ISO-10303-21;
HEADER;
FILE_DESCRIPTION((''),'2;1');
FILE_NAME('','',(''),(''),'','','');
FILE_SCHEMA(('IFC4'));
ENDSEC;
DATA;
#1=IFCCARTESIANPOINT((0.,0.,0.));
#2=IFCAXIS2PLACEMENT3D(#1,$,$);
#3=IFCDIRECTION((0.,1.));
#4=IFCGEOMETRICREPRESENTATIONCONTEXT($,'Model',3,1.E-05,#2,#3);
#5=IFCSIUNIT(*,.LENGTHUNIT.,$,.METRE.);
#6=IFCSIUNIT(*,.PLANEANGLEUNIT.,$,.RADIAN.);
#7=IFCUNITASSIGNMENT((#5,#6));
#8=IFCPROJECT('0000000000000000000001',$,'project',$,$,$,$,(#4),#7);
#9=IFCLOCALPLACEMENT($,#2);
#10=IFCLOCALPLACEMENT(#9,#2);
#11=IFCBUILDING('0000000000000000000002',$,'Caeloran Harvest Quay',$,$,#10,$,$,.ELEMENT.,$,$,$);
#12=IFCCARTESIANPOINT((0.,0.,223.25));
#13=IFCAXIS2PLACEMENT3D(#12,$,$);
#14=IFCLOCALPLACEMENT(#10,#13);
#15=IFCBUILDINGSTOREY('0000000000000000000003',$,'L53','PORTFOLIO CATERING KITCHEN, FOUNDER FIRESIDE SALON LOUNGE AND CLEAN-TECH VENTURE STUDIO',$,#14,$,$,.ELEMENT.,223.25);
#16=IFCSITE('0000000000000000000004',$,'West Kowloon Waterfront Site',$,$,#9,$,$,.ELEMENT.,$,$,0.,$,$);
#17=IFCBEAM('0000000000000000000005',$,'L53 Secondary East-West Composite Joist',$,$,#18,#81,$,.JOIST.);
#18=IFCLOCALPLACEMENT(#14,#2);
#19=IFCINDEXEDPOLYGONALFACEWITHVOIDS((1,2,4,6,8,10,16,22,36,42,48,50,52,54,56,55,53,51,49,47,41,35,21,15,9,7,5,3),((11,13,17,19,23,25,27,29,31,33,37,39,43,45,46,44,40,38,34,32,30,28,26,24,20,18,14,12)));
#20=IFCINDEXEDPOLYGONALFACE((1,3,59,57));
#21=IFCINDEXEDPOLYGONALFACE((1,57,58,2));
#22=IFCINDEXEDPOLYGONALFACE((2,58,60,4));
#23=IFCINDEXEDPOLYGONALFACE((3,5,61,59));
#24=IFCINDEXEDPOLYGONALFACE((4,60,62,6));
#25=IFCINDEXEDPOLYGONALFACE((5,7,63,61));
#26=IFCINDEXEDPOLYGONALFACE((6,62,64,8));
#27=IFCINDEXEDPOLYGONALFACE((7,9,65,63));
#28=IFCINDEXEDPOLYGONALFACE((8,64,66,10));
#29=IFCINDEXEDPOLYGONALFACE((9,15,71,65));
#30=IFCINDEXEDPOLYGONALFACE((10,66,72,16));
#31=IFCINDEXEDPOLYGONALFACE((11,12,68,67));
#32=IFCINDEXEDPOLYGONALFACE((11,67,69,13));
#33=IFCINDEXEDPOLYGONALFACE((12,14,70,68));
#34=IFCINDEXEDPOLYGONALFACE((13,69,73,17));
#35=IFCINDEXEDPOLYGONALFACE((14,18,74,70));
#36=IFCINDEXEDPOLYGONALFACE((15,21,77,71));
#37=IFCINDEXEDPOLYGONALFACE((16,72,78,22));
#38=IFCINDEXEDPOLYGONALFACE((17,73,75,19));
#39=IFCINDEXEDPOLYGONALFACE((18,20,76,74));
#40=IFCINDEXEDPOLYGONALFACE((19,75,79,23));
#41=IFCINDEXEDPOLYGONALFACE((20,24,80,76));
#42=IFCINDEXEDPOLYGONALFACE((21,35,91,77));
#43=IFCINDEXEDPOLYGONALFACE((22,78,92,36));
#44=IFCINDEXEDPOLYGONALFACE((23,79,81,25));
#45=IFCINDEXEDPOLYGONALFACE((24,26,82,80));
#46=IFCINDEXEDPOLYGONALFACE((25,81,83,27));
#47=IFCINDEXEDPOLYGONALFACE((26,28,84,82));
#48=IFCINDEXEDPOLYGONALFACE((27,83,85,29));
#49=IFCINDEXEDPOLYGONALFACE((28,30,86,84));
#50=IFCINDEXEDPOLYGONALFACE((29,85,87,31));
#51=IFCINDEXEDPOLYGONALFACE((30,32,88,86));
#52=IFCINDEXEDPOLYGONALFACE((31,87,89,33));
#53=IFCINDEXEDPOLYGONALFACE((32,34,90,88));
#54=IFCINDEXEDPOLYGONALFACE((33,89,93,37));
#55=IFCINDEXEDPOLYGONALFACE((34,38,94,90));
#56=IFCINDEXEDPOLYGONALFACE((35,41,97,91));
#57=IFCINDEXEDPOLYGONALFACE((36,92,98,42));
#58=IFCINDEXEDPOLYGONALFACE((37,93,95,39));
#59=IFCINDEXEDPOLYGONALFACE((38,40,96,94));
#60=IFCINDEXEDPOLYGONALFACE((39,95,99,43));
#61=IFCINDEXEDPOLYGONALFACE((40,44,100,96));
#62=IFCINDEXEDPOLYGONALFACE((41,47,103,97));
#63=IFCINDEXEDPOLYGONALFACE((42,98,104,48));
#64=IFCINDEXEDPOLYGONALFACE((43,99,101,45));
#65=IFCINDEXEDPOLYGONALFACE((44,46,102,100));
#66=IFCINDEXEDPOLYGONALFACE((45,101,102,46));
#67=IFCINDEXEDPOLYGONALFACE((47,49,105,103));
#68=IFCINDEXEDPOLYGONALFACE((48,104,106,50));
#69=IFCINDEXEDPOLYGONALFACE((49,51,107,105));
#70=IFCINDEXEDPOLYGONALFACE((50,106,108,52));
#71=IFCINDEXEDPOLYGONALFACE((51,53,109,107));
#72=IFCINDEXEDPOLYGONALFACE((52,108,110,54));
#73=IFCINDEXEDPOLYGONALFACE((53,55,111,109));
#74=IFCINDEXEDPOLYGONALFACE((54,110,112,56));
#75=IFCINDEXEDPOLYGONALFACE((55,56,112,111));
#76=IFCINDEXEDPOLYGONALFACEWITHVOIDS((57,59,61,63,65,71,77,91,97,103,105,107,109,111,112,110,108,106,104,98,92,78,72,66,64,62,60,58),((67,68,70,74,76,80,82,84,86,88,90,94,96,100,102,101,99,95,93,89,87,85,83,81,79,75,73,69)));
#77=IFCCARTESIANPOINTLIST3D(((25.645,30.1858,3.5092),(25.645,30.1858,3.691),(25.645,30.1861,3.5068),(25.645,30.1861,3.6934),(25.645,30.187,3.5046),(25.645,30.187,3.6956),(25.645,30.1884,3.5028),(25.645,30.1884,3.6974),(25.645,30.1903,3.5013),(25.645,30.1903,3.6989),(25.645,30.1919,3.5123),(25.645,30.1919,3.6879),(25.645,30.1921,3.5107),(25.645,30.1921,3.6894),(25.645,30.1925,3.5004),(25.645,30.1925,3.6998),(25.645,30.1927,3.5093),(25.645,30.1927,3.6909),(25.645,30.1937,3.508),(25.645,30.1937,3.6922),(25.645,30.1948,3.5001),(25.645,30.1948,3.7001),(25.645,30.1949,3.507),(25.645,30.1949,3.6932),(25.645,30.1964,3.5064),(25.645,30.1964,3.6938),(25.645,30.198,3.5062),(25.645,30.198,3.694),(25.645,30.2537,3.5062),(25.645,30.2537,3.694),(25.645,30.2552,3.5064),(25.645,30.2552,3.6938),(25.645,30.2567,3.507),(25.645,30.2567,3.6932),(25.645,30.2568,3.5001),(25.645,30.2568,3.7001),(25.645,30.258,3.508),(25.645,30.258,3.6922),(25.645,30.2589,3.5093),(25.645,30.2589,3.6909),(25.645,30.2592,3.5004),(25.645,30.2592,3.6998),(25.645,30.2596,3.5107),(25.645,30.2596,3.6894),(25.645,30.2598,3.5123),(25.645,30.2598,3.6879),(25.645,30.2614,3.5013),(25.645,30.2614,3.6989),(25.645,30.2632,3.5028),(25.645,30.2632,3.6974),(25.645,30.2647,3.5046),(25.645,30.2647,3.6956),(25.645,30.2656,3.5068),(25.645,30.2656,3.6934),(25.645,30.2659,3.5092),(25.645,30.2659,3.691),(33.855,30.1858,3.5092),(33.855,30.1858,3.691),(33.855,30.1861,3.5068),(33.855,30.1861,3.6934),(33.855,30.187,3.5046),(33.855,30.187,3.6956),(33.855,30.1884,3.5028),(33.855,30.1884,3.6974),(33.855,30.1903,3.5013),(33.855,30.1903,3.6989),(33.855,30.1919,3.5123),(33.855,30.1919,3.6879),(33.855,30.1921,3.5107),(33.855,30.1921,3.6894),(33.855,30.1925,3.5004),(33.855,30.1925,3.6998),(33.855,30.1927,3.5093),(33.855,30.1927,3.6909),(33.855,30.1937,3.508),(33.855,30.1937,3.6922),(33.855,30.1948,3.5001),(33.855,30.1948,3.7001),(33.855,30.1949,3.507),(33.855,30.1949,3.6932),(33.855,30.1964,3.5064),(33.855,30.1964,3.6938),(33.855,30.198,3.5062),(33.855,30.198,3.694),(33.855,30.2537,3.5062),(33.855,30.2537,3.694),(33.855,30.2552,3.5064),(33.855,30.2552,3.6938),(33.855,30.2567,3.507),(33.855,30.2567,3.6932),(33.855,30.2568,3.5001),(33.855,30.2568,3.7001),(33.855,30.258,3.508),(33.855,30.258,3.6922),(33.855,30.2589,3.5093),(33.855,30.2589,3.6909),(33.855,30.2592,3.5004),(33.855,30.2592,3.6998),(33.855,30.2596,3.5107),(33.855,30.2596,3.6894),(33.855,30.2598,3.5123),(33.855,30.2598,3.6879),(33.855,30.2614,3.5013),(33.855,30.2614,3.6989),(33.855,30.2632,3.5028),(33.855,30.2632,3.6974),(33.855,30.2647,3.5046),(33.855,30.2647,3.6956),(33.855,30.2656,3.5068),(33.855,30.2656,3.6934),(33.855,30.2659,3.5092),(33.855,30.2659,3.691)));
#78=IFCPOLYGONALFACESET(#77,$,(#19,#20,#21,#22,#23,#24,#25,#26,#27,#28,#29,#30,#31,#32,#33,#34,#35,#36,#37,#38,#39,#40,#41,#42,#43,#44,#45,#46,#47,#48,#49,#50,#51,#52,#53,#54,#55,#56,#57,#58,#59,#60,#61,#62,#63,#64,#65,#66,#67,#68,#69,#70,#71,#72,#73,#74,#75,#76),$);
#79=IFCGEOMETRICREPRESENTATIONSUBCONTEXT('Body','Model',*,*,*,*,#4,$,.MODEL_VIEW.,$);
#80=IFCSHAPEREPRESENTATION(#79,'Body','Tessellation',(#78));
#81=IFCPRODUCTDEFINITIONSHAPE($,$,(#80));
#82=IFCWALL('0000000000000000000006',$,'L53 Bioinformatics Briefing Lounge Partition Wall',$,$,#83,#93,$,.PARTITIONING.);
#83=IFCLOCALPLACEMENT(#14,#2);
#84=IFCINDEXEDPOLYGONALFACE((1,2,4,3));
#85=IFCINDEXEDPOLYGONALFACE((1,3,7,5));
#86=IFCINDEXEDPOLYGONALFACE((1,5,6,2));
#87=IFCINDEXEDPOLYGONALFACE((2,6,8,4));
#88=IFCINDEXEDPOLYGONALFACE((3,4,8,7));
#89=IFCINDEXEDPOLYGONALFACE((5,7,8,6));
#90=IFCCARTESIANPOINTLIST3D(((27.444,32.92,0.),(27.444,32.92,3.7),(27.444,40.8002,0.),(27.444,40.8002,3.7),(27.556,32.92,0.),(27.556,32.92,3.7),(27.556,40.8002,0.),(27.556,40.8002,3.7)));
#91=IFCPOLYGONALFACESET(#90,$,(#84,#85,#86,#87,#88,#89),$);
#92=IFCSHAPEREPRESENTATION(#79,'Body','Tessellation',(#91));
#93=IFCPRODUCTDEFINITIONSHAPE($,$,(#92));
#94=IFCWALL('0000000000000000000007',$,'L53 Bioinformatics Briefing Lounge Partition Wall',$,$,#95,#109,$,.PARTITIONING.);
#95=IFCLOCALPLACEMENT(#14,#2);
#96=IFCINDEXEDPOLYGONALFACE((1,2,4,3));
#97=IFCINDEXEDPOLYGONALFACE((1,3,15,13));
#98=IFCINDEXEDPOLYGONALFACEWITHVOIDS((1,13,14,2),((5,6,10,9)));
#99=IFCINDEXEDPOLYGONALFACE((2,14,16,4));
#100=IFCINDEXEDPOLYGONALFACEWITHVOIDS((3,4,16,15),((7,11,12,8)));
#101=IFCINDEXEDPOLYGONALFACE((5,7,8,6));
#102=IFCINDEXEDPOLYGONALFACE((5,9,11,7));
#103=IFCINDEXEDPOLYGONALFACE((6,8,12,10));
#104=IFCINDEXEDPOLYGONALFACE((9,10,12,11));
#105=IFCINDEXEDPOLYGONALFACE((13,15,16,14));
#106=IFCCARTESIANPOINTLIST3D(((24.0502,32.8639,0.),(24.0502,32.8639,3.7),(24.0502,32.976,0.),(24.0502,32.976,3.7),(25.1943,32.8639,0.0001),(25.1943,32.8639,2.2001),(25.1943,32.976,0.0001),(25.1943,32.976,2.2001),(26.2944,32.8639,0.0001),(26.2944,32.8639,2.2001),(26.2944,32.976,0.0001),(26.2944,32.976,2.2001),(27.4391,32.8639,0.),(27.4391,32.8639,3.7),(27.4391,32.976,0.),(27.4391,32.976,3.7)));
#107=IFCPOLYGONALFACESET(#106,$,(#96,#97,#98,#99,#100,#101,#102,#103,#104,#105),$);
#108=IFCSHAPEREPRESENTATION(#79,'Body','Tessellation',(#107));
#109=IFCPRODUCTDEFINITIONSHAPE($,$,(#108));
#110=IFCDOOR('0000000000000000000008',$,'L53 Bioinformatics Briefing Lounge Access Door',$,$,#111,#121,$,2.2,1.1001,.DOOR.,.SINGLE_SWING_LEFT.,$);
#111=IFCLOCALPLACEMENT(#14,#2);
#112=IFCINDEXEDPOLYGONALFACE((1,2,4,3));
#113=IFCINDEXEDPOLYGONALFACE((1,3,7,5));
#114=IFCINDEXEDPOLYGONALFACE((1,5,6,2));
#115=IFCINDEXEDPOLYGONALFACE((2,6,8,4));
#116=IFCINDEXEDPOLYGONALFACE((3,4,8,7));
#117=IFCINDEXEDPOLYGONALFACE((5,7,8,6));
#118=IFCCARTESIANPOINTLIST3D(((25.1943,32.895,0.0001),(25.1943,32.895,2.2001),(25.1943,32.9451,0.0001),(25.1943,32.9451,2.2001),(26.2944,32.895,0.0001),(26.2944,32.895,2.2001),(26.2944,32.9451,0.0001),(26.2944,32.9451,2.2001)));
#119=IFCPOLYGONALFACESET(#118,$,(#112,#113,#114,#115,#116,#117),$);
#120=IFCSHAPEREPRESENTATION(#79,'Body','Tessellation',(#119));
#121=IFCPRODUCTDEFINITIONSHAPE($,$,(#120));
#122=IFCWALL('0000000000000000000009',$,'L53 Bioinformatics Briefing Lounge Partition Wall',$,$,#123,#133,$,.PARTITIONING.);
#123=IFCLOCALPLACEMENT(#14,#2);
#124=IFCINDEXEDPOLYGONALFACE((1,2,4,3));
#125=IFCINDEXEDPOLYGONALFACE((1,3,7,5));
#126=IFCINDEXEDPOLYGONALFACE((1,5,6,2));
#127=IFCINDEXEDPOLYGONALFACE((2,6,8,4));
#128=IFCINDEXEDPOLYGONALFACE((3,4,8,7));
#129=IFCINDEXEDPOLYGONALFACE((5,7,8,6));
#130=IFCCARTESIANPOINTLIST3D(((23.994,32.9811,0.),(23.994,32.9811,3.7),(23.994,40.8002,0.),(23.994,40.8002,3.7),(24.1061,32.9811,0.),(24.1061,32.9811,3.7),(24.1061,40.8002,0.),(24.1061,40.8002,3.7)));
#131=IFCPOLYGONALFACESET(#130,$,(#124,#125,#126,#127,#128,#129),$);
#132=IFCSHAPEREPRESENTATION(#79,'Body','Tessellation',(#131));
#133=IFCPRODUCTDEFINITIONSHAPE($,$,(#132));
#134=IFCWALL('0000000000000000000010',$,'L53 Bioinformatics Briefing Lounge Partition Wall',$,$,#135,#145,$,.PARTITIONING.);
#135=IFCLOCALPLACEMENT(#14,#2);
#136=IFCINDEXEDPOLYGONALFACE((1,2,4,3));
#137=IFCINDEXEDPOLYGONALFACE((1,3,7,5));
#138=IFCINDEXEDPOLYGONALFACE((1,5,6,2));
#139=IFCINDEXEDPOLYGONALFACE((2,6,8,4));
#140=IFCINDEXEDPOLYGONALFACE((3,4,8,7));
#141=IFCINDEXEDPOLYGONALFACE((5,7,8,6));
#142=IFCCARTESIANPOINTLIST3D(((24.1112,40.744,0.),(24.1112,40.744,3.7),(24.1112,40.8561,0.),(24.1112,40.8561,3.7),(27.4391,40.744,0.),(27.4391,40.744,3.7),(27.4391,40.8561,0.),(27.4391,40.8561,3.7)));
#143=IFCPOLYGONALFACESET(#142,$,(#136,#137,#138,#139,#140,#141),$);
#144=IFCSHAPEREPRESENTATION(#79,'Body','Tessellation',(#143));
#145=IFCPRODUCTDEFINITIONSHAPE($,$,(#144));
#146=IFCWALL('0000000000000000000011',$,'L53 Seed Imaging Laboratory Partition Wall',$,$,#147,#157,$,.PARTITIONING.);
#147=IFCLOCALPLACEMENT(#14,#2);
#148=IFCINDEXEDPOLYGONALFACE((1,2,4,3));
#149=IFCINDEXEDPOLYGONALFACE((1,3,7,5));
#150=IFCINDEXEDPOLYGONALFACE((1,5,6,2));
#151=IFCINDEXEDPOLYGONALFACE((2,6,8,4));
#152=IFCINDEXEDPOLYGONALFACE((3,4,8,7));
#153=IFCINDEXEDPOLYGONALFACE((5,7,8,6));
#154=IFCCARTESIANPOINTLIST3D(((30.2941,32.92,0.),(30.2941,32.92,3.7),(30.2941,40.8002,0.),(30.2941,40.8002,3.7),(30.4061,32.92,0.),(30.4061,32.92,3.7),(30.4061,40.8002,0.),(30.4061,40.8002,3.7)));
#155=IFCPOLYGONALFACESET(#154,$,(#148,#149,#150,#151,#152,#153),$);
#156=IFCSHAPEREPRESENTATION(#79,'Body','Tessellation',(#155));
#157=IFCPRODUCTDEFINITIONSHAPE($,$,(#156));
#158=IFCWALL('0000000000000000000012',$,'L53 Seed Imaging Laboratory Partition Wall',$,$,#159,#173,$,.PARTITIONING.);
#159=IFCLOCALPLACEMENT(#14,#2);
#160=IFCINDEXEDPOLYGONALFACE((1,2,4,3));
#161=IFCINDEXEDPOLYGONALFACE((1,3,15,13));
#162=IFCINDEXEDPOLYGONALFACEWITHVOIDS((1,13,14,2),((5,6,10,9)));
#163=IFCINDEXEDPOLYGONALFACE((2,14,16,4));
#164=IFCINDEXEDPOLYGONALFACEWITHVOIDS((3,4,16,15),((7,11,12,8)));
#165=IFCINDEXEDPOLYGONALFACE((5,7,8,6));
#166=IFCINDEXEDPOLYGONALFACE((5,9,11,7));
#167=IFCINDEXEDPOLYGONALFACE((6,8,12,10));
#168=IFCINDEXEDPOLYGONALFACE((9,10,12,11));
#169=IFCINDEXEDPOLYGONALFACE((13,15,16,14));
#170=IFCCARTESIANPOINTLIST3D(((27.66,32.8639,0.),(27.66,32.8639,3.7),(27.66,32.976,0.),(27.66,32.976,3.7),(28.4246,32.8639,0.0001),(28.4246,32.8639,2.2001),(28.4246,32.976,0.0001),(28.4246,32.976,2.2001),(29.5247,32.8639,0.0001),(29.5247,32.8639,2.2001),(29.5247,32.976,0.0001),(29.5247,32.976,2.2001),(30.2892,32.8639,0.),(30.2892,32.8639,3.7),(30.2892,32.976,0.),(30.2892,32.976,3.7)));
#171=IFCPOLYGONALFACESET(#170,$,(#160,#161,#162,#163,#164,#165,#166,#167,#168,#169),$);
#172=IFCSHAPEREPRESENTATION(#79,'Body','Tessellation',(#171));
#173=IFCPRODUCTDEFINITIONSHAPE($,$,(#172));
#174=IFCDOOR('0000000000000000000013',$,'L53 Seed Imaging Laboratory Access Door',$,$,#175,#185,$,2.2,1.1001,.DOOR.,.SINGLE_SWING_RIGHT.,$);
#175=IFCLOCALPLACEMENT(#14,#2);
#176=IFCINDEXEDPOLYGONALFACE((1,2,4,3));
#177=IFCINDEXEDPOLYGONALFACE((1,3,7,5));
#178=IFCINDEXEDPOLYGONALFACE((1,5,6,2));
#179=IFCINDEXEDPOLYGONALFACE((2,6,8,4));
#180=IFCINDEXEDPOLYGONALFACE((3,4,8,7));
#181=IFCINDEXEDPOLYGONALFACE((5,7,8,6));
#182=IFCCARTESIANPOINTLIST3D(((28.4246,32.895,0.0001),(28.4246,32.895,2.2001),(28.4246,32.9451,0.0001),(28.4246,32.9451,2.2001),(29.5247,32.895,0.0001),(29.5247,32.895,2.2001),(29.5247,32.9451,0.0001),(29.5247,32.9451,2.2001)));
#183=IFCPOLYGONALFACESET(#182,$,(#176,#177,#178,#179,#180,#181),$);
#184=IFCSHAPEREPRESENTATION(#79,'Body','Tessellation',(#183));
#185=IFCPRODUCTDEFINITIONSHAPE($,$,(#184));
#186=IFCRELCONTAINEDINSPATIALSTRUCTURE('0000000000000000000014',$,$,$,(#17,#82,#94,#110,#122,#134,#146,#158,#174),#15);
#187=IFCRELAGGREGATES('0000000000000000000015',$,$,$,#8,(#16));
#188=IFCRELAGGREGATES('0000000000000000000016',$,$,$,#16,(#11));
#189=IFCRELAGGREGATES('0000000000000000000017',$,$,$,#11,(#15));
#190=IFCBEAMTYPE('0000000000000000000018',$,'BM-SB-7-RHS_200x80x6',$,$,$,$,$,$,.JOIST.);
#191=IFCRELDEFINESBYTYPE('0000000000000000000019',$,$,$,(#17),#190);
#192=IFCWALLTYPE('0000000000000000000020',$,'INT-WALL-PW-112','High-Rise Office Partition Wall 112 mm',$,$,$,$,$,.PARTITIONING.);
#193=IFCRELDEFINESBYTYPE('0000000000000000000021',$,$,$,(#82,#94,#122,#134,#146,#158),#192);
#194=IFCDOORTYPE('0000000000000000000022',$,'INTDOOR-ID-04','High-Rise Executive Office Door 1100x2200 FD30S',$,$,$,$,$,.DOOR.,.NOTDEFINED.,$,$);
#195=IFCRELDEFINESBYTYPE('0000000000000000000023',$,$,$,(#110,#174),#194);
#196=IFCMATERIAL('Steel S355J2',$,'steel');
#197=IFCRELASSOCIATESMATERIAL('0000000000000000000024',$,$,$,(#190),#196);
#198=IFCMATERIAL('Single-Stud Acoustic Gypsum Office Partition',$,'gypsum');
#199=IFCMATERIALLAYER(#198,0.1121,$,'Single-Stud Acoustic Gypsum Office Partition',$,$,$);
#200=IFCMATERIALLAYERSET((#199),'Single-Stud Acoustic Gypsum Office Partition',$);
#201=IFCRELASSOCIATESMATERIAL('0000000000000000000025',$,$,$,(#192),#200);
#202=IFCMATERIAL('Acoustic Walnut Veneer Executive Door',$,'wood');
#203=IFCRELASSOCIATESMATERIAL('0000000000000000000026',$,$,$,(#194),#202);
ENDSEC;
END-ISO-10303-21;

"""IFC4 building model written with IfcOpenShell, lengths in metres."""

from ifc_helpers import new_model, si_unit, direction, frame, frame_2d, origin, origin_2d, place, context, subcontext, project, spatial, rectangle, hollow_rectangle, extrude, material, layer, layer_set, material_profile, profile_set, type_object, element, fill, save


model = new_model("IFC4")

# Units and contexts
model_context = context("Model", 3, precision=1e-05, world=origin(), true_north=direction((0.0, 1.0)))
body_context = subcontext(model_context, "Body", "Model", "MODEL_VIEW")
ifc_project = project(units=[si_unit("LENGTHUNIT", "METRE"), si_unit("PLANEANGLEUNIT", "RADIAN")], contexts=[model_context])

# Site, building, storey
site_placement = place(None, origin())
site = spatial("IfcSite", under=ifc_project, at=site_placement, Name="West Kowloon Waterfront Site", CompositionType="ELEMENT", RefElevation=0.0)
building_placement = place(site_placement, origin())
building = spatial("IfcBuilding", under=site, at=building_placement, Name="Caeloran Harvest Quay", CompositionType="ELEMENT")
storey_placement = place(building_placement, frame((0.0, 0.0, 223.25)))
storey = spatial("IfcBuildingStorey", under=building, at=storey_placement, Name="L53", Description="PORTFOLIO CATERING KITCHEN, FOUNDER FIRESIDE SALON LOUNGE AND CLEAN-TECH VENTURE STUDIO", CompositionType="ELEMENT", Elevation=223.25)

# Beam
ifc_material_1 = material(Name="Steel S355J2", Category="steel")
ifc_material_profile_1 = material_profile(ifc_material_1, hollow_rectangle(XDim=0.0801, YDim=0.2, WallThickness=0.0061, InnerFilletRadius=0.0061, OuterFilletRadius=0.009, at=origin_2d()), Name="RHS 200x80x6")
ifc_profile_set_1 = profile_set([ifc_material_profile_1], Name="Steel S355J2")
beam_type_1 = type_object("IfcBeamType", Name="BM-SB-7-RHS_200x80x6", PredefinedType="JOIST", material=ifc_profile_set_1)
for number, where, z_axis, x_axis, name in (
    (1, (25.645, 30.2258, 3.6001), (1.0, 0.0, 0.0), (0.0, 1.0, 0.0), "L53 Secondary East-West Composite Joist"),
):
    element("IfcBeam", number, at=place(storey_placement, frame(where, z_axis=z_axis, x_axis=x_axis)), inside=storey, type_object=beam_type_1, Name=name, PredefinedType="JOIST", context=body_context, shape_type="SweptSolid", body=[
        extrude(hollow_rectangle(XDim=0.0801, YDim=0.2, WallThickness=0.0061, InnerFilletRadius=0.0061, OuterFilletRadius=0.009, at=origin_2d()), origin(), (0.0, 0.0, 1.0), 8.21),
    ])

# Wall
ifc_material_2 = material(Name="Single-Stud Acoustic Gypsum Office Partition", Category="gypsum")
ifc_layer = layer(ifc_material_2, 0.1121, Name="Single-Stud Acoustic Gypsum Office Partition")
ifc_layer_set = layer_set([ifc_layer], Name="Single-Stud Acoustic Gypsum Office Partition")
wall_type = type_object("IfcWallType", Name="INT-WALL-PW-112", Description="High-Rise Office Partition Wall 112 mm", PredefinedType="PARTITIONING", material=ifc_layer_set)
wall_1_placement = place(storey_placement, frame((27.5, 40.8, 0.0), z_axis=(0.0, 0.0, 1.0), x_axis=(0.0, -1.0, 0.0)))
element("IfcWall", 2, at=wall_1_placement, inside=storey, type_object=wall_type, Name="L53 Bioinformatics Briefing Lounge Partition Wall", PredefinedType="PARTITIONING", context=body_context, shape_type="SweptSolid", body=[
    extrude(rectangle(XDim=7.8801, YDim=0.1121, at=frame_2d((3.9399, 0.0))), origin(), (0.0, 0.0, 1.0), 3.7),
])

# Wall, opening, door
wall_2_placement = place(storey_placement, frame((27.439, 32.9199, 0.0), z_axis=(0.0, 0.0, 1.0), x_axis=(-1.0, 0.0, 0.0)))
wall_2 = element("IfcWall", 3, at=wall_2_placement, inside=storey, type_object=wall_type, Name="L53 Bioinformatics Briefing Lounge Partition Wall", PredefinedType="PARTITIONING", context=body_context, shape_type="SweptSolid", body=[
    extrude(rectangle(XDim=3.3889, YDim=0.1121, at=frame_2d((1.6943, 0.0))), origin(), (0.0, 0.0, 1.0), 3.7),
])
opening_1_placement = place(wall_2_placement, frame((1.1445, 0.0, 0.0)))
opening_1 = element("IfcOpeningElement", 4, at=opening_1_placement, cuts=wall_2, PredefinedType="OPENING", context=body_context, shape_type="SweptSolid", body=[
    extrude(rectangle(XDim=1.1001, YDim=2.2, at=frame_2d((0.55, 1.1001))), frame((0.0, 0.0659, 0.0), z_axis=(0.0, -1.0, 0.0), x_axis=(1.0, 0.0, 0.0)), (0.0, 0.0, 1.0), 0.1321),
])
ifc_material_3 = material(Name="Acoustic Walnut Veneer Executive Door", Category="wood")
door_type = type_object("IfcDoorType", Name="INTDOOR-ID-04", Description="High-Rise Executive Office Door 1100x2200 FD30S", OperationType="NOTDEFINED", PredefinedType="DOOR", material=ifc_material_3)
door_1_placement = place(opening_1_placement, origin())
door_1 = element("IfcDoor", 5, at=door_1_placement, inside=storey, type_object=door_type, Name="L53 Bioinformatics Briefing Lounge Access Door", OperationType="SINGLE_SWING_LEFT", OverallHeight=2.2, OverallWidth=1.1001, PredefinedType="DOOR", context=body_context, shape_type="SweptSolid", body=[
    extrude(rectangle(XDim=1.1001, YDim=2.2, at=frame_2d((0.55, 1.1001))), frame((0.0, 0.0249, 0.0), z_axis=(0.0, -1.0, 0.0), x_axis=(1.0, 0.0, 0.0)), (0.0, 0.0, 1.0), 0.05),
])
fill(opening_1, door_1)

# Walls
wall_3_placement = place(storey_placement, frame((24.05, 32.981, 0.0), z_axis=(0.0, 0.0, 1.0), x_axis=(0.0, 1.0, 0.0)))
element("IfcWall", 6, at=wall_3_placement, inside=storey, type_object=wall_type, Name="L53 Bioinformatics Briefing Lounge Partition Wall", PredefinedType="PARTITIONING", context=body_context, shape_type="SweptSolid", body=[
    extrude(rectangle(XDim=7.8191, YDim=0.1121, at=frame_2d((3.9097, 0.0))), origin(), (0.0, 0.0, 1.0), 3.7),
])
wall_4_placement = place(storey_placement, frame((24.1111, 40.8, 0.0), z_axis=(0.0, 0.0, 1.0), x_axis=(1.0, 0.0, 0.0)))
element("IfcWall", 7, at=wall_4_placement, inside=storey, type_object=wall_type, Name="L53 Bioinformatics Briefing Lounge Partition Wall", PredefinedType="PARTITIONING", context=body_context, shape_type="SweptSolid", body=[
    extrude(rectangle(XDim=3.3279, YDim=0.1121, at=frame_2d((1.6641, 0.0))), origin(), (0.0, 0.0, 1.0), 3.7),
])
wall_5_placement = place(storey_placement, frame((30.3501, 40.8, 0.0), z_axis=(0.0, 0.0, 1.0), x_axis=(0.0, -1.0, 0.0)))
element("IfcWall", 8, at=wall_5_placement, inside=storey, type_object=wall_type, Name="L53 Seed Imaging Laboratory Partition Wall", PredefinedType="PARTITIONING", context=body_context, shape_type="SweptSolid", body=[
    extrude(rectangle(XDim=7.8801, YDim=0.1121, at=frame_2d((3.9399, 0.0))), origin(), (0.0, 0.0, 1.0), 3.7),
])

# Wall, opening, door
wall_6_placement = place(storey_placement, frame((30.2891, 32.9199, 0.0), z_axis=(0.0, 0.0, 1.0), x_axis=(-1.0, 0.0, 0.0)))
wall_6 = element("IfcWall", 9, at=wall_6_placement, inside=storey, type_object=wall_type, Name="L53 Seed Imaging Laboratory Partition Wall", PredefinedType="PARTITIONING", context=body_context, shape_type="SweptSolid", body=[
    extrude(rectangle(XDim=2.6292, YDim=0.1121, at=frame_2d((1.3145, 0.0))), origin(), (0.0, 0.0, 1.0), 3.7),
])
opening_2_placement = place(wall_6_placement, frame((0.7644, 0.0, 0.0)))
opening_2 = element("IfcOpeningElement", 10, at=opening_2_placement, cuts=wall_6, PredefinedType="OPENING", context=body_context, shape_type="SweptSolid", body=[
    extrude(rectangle(XDim=1.1001, YDim=2.2, at=frame_2d((0.55, 1.1001))), frame((0.0, 0.0659, 0.0), z_axis=(0.0, -1.0, 0.0), x_axis=(1.0, 0.0, 0.0)), (0.0, 0.0, 1.0), 0.1321),
])
door_2_placement = place(opening_2_placement, origin())
door_2 = element("IfcDoor", 11, at=door_2_placement, inside=storey, type_object=door_type, Name="L53 Seed Imaging Laboratory Access Door", OperationType="SINGLE_SWING_RIGHT", OverallHeight=2.2, OverallWidth=1.1001, PredefinedType="DOOR", context=body_context, shape_type="SweptSolid", body=[
    extrude(rectangle(XDim=1.1001, YDim=2.2, at=frame_2d((0.55, 1.1001))), frame((0.0, 0.0249, 0.0), z_axis=(0.0, -1.0, 0.0), x_axis=(1.0, 0.0, 0.0)), (0.0, 0.0, 1.0), 0.05),
])
fill(opening_2, door_2)

save(model, "model.ifc")
